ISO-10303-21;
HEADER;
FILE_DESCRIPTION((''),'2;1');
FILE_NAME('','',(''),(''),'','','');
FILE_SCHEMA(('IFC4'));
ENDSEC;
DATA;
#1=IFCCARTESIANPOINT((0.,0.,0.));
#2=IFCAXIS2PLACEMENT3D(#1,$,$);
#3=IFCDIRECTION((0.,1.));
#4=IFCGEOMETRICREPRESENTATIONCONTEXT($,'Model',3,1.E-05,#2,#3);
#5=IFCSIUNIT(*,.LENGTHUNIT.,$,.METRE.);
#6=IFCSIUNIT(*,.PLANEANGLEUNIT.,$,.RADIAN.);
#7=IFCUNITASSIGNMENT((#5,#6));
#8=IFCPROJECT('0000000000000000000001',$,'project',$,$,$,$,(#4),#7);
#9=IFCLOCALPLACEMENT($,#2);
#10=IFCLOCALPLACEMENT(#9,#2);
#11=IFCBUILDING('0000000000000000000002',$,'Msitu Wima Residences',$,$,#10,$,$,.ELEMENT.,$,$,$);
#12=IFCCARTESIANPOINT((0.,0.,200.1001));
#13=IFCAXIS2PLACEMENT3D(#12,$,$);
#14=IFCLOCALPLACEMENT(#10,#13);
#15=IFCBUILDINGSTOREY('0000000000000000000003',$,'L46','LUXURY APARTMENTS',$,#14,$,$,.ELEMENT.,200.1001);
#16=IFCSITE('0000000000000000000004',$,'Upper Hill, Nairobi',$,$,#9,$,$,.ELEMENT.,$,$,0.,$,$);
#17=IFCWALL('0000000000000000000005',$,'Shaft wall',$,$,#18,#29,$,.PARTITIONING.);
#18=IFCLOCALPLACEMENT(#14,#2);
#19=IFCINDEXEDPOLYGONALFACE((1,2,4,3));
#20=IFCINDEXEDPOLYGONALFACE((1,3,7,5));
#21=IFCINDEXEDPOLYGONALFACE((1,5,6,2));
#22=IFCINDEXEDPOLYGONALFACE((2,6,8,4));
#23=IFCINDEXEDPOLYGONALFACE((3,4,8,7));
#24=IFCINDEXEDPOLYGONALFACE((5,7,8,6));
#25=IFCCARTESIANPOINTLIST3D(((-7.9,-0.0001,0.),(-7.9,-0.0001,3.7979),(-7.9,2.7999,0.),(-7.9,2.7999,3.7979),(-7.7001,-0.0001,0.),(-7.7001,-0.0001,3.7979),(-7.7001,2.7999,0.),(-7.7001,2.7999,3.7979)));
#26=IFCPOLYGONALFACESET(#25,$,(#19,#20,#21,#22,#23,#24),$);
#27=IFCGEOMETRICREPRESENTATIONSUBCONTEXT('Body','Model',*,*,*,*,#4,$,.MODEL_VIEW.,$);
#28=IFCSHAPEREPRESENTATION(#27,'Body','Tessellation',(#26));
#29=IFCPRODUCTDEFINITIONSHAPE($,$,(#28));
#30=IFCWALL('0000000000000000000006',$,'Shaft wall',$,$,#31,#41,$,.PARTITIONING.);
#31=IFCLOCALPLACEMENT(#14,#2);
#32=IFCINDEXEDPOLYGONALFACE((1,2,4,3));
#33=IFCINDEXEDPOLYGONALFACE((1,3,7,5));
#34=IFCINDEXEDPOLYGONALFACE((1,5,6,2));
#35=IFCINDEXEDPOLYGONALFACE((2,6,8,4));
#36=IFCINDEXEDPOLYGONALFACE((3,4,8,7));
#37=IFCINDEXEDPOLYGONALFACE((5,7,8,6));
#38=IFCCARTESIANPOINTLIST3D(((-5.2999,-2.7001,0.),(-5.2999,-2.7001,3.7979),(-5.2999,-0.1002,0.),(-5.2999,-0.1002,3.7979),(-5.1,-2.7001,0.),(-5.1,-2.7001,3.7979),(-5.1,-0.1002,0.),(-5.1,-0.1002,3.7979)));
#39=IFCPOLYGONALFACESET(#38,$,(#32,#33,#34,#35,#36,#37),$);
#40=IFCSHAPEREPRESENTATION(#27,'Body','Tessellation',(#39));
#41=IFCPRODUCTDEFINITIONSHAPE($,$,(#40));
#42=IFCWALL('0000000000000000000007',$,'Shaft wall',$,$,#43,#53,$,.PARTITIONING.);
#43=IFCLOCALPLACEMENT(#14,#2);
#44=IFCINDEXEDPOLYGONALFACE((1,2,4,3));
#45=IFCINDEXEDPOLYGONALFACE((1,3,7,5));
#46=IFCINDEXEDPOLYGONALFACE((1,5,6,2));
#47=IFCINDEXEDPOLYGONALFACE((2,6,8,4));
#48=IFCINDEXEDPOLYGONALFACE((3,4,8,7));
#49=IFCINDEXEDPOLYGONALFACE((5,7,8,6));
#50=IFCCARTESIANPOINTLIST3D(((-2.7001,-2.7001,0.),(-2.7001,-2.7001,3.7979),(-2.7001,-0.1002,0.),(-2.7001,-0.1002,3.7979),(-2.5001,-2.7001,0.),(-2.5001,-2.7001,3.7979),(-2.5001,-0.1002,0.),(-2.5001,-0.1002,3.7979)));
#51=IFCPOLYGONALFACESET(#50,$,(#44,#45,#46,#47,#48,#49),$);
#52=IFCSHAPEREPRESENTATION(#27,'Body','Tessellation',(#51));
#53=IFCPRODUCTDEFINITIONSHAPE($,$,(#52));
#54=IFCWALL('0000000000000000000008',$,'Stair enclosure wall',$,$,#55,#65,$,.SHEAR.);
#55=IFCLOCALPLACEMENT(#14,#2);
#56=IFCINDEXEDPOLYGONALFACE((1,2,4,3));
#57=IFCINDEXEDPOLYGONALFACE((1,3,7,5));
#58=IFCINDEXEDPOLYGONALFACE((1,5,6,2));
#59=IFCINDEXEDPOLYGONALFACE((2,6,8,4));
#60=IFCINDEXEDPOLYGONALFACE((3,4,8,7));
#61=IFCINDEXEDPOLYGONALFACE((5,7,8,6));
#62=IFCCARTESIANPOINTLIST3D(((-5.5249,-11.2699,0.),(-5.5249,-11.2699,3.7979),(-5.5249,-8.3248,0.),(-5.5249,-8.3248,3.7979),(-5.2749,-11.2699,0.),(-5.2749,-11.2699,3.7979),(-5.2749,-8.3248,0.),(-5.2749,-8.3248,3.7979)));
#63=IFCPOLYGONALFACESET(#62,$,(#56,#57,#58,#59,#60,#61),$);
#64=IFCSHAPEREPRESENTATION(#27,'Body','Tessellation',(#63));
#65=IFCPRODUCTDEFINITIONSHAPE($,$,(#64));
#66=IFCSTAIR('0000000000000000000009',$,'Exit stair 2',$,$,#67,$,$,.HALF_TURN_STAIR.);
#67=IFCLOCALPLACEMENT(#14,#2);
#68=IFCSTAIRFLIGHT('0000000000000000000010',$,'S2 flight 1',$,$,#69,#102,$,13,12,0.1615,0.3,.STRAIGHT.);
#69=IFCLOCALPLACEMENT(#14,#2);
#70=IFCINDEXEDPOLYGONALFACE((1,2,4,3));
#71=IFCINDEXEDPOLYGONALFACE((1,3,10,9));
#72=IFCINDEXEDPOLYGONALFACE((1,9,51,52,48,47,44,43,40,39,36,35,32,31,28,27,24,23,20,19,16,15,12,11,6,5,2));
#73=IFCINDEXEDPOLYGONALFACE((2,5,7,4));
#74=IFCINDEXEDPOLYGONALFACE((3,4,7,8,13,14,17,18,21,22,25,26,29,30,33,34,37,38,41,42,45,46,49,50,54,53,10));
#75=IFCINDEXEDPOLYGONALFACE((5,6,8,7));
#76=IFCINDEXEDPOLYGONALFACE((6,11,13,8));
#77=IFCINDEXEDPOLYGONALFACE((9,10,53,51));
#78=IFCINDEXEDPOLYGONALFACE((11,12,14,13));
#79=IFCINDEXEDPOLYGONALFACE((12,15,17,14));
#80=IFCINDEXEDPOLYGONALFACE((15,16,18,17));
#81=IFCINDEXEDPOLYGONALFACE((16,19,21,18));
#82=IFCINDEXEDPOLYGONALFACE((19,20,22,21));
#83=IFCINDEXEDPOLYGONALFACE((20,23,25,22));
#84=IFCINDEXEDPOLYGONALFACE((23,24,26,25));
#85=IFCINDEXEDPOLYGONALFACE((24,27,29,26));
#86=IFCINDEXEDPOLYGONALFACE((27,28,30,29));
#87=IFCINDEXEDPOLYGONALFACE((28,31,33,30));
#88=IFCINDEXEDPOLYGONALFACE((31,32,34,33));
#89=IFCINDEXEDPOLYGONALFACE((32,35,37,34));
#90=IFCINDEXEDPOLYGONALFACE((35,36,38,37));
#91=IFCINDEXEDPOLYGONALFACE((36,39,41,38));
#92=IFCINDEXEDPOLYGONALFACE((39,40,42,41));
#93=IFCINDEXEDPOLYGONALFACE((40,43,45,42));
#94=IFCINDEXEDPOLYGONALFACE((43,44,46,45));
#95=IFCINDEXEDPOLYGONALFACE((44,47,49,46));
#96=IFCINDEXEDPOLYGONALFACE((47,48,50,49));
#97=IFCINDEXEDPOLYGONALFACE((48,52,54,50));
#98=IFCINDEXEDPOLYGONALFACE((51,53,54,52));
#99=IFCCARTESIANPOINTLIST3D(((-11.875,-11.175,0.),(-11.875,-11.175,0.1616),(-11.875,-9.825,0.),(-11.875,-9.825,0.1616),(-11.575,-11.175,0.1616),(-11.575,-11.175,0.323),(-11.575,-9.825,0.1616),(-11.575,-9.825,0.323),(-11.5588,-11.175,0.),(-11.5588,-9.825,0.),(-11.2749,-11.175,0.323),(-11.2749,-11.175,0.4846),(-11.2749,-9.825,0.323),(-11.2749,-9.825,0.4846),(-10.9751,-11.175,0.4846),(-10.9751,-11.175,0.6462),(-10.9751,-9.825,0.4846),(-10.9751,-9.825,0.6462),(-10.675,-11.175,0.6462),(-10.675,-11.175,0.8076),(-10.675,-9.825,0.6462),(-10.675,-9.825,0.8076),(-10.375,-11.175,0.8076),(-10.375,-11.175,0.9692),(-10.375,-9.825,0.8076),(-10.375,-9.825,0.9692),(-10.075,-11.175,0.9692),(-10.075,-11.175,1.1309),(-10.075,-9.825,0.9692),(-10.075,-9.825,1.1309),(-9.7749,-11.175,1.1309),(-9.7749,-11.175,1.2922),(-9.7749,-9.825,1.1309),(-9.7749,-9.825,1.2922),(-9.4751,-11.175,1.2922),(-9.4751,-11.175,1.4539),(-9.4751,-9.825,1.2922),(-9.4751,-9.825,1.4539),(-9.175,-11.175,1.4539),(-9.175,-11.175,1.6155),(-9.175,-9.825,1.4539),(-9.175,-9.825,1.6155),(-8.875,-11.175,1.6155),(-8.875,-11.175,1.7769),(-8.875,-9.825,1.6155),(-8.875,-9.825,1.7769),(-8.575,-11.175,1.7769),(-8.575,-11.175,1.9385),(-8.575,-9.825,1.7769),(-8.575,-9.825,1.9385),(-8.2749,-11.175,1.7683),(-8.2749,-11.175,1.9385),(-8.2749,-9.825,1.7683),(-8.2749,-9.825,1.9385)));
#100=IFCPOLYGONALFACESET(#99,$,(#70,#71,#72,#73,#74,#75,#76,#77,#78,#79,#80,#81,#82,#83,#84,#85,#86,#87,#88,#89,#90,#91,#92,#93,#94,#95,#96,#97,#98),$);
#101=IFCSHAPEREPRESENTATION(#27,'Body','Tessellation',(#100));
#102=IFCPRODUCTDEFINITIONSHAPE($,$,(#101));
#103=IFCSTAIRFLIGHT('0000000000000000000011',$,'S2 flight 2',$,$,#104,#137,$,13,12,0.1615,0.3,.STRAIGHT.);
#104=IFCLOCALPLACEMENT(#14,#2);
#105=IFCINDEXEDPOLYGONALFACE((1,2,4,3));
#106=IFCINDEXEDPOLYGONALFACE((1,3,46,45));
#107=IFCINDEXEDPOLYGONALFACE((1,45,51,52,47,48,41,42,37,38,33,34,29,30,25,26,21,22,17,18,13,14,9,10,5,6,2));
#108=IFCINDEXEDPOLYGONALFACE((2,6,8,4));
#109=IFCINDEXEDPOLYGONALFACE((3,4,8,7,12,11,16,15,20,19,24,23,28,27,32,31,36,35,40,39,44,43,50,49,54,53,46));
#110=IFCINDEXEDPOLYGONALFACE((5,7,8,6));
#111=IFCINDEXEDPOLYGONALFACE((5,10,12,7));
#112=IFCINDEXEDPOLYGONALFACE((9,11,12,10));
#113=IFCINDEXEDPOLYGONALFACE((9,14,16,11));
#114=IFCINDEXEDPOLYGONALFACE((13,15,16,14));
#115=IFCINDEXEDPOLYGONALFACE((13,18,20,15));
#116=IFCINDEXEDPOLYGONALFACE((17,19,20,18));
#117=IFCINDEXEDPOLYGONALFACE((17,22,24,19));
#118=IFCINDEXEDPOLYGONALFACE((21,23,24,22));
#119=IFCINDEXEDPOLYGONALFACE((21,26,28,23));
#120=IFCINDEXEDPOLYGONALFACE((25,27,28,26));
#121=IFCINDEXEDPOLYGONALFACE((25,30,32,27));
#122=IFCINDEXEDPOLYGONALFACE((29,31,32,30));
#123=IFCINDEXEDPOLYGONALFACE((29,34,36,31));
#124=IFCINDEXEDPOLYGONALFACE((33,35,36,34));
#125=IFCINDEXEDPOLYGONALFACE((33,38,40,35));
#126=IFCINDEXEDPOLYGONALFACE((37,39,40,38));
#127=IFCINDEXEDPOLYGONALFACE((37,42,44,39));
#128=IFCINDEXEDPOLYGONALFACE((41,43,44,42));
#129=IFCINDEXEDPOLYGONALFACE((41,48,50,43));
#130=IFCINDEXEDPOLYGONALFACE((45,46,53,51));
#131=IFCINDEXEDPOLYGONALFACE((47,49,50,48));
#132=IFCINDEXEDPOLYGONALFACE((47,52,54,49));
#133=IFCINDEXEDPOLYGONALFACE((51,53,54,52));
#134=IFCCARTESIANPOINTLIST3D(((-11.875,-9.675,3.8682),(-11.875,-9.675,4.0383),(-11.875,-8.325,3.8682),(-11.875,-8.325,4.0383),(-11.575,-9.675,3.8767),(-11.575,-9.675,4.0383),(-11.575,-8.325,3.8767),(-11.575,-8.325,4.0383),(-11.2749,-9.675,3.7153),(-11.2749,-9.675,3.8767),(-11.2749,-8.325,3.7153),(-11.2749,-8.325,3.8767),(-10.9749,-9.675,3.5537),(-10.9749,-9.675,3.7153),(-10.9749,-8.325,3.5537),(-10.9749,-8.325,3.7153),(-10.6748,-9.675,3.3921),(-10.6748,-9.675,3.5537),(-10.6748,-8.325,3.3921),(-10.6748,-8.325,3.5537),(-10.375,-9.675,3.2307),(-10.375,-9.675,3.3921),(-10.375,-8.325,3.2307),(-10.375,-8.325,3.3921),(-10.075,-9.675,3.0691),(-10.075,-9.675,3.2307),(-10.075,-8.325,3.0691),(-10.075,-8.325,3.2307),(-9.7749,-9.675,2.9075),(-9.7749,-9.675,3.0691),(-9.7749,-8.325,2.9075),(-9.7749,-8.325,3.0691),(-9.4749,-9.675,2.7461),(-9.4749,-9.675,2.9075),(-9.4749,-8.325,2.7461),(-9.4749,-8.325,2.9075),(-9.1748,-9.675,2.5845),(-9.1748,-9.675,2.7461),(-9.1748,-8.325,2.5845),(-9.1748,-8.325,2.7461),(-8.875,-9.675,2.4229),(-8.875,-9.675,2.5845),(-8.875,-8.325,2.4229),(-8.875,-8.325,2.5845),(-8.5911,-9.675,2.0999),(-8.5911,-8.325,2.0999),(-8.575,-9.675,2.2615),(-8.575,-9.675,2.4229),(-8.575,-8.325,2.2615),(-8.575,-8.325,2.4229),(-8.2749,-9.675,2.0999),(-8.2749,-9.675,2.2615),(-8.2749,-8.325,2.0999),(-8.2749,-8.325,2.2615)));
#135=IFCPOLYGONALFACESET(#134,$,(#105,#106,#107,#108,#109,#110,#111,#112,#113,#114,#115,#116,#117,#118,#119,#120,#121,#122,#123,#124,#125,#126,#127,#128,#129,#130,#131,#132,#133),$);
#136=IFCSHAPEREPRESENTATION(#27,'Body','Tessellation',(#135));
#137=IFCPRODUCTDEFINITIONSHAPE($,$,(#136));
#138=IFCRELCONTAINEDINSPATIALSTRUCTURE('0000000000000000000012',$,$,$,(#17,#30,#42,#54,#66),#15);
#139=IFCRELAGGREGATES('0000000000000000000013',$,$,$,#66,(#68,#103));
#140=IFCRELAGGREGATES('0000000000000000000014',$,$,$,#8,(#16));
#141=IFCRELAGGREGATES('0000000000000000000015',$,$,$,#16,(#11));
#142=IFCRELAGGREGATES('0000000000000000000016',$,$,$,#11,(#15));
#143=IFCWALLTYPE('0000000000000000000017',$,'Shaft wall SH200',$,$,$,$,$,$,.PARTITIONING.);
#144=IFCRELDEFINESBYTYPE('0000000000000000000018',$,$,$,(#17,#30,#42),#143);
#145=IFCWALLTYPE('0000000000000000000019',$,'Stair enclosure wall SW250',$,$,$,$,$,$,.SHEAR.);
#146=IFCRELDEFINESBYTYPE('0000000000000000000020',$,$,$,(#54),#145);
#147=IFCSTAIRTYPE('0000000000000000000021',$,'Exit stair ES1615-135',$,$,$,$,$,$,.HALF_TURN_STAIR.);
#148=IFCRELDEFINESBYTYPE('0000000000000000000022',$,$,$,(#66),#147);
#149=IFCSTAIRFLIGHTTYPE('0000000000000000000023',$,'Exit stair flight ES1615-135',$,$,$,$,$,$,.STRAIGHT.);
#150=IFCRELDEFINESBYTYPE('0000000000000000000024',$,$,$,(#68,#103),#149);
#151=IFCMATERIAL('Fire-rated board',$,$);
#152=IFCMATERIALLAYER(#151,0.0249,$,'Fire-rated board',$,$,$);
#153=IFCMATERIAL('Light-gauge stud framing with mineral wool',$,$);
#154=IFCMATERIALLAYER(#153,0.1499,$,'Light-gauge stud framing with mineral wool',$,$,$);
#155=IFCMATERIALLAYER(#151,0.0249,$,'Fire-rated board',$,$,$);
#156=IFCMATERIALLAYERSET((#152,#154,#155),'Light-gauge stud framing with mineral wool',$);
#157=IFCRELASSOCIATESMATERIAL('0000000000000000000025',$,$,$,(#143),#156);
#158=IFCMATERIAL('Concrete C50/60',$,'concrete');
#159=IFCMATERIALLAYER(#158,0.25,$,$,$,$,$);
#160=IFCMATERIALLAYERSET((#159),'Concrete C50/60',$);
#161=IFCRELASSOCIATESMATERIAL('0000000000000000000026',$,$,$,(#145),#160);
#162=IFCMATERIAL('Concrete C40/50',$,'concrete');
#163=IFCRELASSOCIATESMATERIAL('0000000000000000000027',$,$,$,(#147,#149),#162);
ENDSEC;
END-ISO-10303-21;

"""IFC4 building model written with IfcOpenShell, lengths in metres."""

from ifc_helpers import new_model, si_unit, direction, frame, frame_2d, origin, place, context, subcontext, project, spatial, polyline, rectangle, outline, extrude, material, layer, layer_set, type_object, element, aggregate, save


model = new_model("IFC4")

# Units and contexts
model_context = context("Model", 3, precision=1e-05, world=origin(), true_north=direction((0.0, 1.0)))
body_context = subcontext(model_context, "Body", "Model", "MODEL_VIEW")
ifc_project = project(units=[si_unit("LENGTHUNIT", "METRE"), si_unit("PLANEANGLEUNIT", "RADIAN")], contexts=[model_context])

# Site, building, storey
site_placement = place(None, origin())
site = spatial("IfcSite", under=ifc_project, at=site_placement, Name="Upper Hill, Nairobi", CompositionType="ELEMENT", RefElevation=0.0)
building_placement = place(site_placement, origin())
building = spatial("IfcBuilding", under=site, at=building_placement, Name="Msitu Wima Residences", CompositionType="ELEMENT")
storey_placement = place(building_placement, frame((0.0, 0.0, 200.1001)))
storey = spatial("IfcBuildingStorey", under=building, at=storey_placement, Name="L46", Description="LUXURY APARTMENTS", CompositionType="ELEMENT", Elevation=200.1001)

# Shared definitions
ifc_material_1 = material(Name="Concrete C40/50", Category="concrete")

# Shared definitions
ifc_material_2 = material(Name="Fire-rated board")
ifc_layer_1 = layer(ifc_material_2, 0.0249, Name="Fire-rated board")
ifc_material_3 = material(Name="Light-gauge stud framing with mineral wool")
ifc_layer_2 = layer(ifc_material_3, 0.1499, Name="Light-gauge stud framing with mineral wool")
ifc_layer_3 = layer(ifc_material_2, 0.0249, Name="Fire-rated board")
ifc_layer_set_1 = layer_set([ifc_layer_1, ifc_layer_2, ifc_layer_3], Name="Light-gauge stud framing with mineral wool")
wall_type_1 = type_object("IfcWallType", Name="Shaft wall SH200", PredefinedType="PARTITIONING", material=ifc_layer_set_1)

# Walls
for number, where, z_axis, x_axis, name in (
    (1, (-7.8, 0.0, 0.0), (0.0, 0.0, 1.0), (0.0, 1.0, 0.0), "Shaft wall"),
):
    element("IfcWall", number, at=place(storey_placement, frame(where, z_axis=z_axis, x_axis=x_axis)), inside=storey, type_object=wall_type_1, Name=name, PredefinedType="PARTITIONING", context=body_context, shape_type="SweptSolid", body=[
        extrude(rectangle(XDim=2.8, YDim=0.2, at=frame_2d((1.3999, 0.0))), origin(), (0.0, 0.0, 1.0), 3.7979),
    ])
for number, where, z_axis, x_axis, name in (
    (2, (-5.2, -2.7, 0.0), (0.0, 0.0, 1.0), (0.0, 1.0, 0.0), "Shaft wall"),
    (3, (-2.6001, -2.7, 0.0), (0.0, 0.0, 1.0), (0.0, 1.0, 0.0), "Shaft wall"),
):
    element("IfcWall", number, at=place(storey_placement, frame(where, z_axis=z_axis, x_axis=x_axis)), inside=storey, type_object=wall_type_1, Name=name, PredefinedType="PARTITIONING", context=body_context, shape_type="SweptSolid", body=[
        extrude(rectangle(XDim=2.5999, YDim=0.2, at=frame_2d((1.2998, 0.0))), origin(), (0.0, 0.0, 1.0), 3.7979),
    ])
ifc_material_4 = material(Name="Concrete C50/60", Category="concrete")
ifc_layer_4 = layer(ifc_material_4, 0.25)
ifc_layer_set_2 = layer_set([ifc_layer_4], Name="Concrete C50/60")
wall_type_2 = type_object("IfcWallType", Name="Stair enclosure wall SW250", PredefinedType="SHEAR", material=ifc_layer_set_2)
wall_1_placement = place(storey_placement, frame((-5.3999, -11.27, 0.0), z_axis=(0.0, 0.0, 1.0), x_axis=(0.0, 1.0, 0.0)))
element("IfcWall", 4, at=wall_1_placement, inside=storey, type_object=wall_type_2, Name="Stair enclosure wall", PredefinedType="SHEAR", context=body_context, shape_type="SweptSolid", body=[
    extrude(rectangle(XDim=2.9451, YDim=0.25, at=frame_2d((1.4727, 0.0))), origin(), (0.0, 0.0, 1.0), 3.7979),
])

# Stair, stair flights
stair_type = type_object("IfcStairType", Name="Exit stair ES1615-135", PredefinedType="HALF_TURN_STAIR", material=ifc_material_1)
stair_placement = place(storey_placement, origin())
stair = element("IfcStair", 5, at=stair_placement, inside=storey, type_object=stair_type, Name="Exit stair 2", PredefinedType="HALF_TURN_STAIR")
stair_flight_type = type_object("IfcStairFlightType", Name="Exit stair flight ES1615-135", PredefinedType="STRAIGHT", material=ifc_material_1)
stair_flight_1_placement = place(storey_placement, frame((-11.875, -10.5, 0.0), z_axis=(0.0, 0.0, 1.0), x_axis=(1.0, 0.0, 0.0)))
stair_flight_1 = element("IfcStairFlight", 6, at=stair_flight_1_placement, type_object=stair_flight_type, Name="S2 flight 1", NumberOfRisers=13, NumberOfTreads=12, PredefinedType="STRAIGHT", RiserHeight=0.1615, TreadLength=0.3, context=body_context, shape_type="SweptSolid", body=[
    extrude(outline(polyline([(0.0, 0.0), (0.0, 0.1616), (0.3, 0.1616), (0.3, 0.323), (0.6001, 0.323), (0.6001, 0.4846), (0.8999, 0.4846), (0.8999, 0.6462), (1.2, 0.6462), (1.2, 0.8076), (1.5, 0.8076), (1.5, 0.9692), (1.8, 0.9692), (1.8, 1.1309), (2.1001, 1.1309), (2.1001, 1.2922), (2.3999, 1.2922), (2.3999, 1.4539), (2.7, 1.4539), (2.7, 1.6155), (3.0, 1.6155), (3.0, 1.7769), (3.3, 1.7769), (3.3, 1.9385), (3.6001, 1.9385), (3.6001, 2.1001), (3.6001, 1.7683), (0.3162, 0.0), (0.0, 0.0)])), frame((0.0, 0.675, 0.0), z_axis=(0.0, -1.0, 0.0), x_axis=(1.0, 0.0, 0.0)), (0.0, 0.0, 1.0), 1.3501),
])
stair_flight_2_placement = place(storey_placement, frame((-8.2749, -9.0, 2.0999), z_axis=(0.0, 0.0, 1.0), x_axis=(-1.0, 0.0, 0.0)))
stair_flight_2 = element("IfcStairFlight", 7, at=stair_flight_2_placement, type_object=stair_flight_type, Name="S2 flight 2", NumberOfRisers=13, NumberOfTreads=12, PredefinedType="STRAIGHT", RiserHeight=0.1615, TreadLength=0.3, context=body_context, shape_type="SweptSolid", body=[
    extrude(outline(polyline([(0.0, 0.0), (0.0, 0.1616), (0.3, 0.1616), (0.3, 0.323), (0.6001, 0.323), (0.6001, 0.4846), (0.8999, 0.4846), (0.8999, 0.6462), (1.2, 0.6462), (1.2, 0.8076), (1.5, 0.8076), (1.5, 0.9692), (1.8, 0.9692), (1.8, 1.1309), (2.1001, 1.1309), (2.1001, 1.2922), (2.3999, 1.2922), (2.3999, 1.4539), (2.7, 1.4539), (2.7, 1.6155), (3.0, 1.6155), (3.0, 1.7769), (3.3, 1.7769), (3.3, 1.9385), (3.6001, 1.9385), (3.6001, 2.1001), (3.6001, 1.7683), (0.3162, 0.0), (0.0, 0.0)])), frame((0.0, 0.675, 0.0), z_axis=(0.0, -1.0, 0.0), x_axis=(1.0, 0.0, 0.0)), (0.0, 0.0, 1.0), 1.3501),
])
aggregate(stair, [stair_flight_1, stair_flight_2])

save(model, "model.ifc")
